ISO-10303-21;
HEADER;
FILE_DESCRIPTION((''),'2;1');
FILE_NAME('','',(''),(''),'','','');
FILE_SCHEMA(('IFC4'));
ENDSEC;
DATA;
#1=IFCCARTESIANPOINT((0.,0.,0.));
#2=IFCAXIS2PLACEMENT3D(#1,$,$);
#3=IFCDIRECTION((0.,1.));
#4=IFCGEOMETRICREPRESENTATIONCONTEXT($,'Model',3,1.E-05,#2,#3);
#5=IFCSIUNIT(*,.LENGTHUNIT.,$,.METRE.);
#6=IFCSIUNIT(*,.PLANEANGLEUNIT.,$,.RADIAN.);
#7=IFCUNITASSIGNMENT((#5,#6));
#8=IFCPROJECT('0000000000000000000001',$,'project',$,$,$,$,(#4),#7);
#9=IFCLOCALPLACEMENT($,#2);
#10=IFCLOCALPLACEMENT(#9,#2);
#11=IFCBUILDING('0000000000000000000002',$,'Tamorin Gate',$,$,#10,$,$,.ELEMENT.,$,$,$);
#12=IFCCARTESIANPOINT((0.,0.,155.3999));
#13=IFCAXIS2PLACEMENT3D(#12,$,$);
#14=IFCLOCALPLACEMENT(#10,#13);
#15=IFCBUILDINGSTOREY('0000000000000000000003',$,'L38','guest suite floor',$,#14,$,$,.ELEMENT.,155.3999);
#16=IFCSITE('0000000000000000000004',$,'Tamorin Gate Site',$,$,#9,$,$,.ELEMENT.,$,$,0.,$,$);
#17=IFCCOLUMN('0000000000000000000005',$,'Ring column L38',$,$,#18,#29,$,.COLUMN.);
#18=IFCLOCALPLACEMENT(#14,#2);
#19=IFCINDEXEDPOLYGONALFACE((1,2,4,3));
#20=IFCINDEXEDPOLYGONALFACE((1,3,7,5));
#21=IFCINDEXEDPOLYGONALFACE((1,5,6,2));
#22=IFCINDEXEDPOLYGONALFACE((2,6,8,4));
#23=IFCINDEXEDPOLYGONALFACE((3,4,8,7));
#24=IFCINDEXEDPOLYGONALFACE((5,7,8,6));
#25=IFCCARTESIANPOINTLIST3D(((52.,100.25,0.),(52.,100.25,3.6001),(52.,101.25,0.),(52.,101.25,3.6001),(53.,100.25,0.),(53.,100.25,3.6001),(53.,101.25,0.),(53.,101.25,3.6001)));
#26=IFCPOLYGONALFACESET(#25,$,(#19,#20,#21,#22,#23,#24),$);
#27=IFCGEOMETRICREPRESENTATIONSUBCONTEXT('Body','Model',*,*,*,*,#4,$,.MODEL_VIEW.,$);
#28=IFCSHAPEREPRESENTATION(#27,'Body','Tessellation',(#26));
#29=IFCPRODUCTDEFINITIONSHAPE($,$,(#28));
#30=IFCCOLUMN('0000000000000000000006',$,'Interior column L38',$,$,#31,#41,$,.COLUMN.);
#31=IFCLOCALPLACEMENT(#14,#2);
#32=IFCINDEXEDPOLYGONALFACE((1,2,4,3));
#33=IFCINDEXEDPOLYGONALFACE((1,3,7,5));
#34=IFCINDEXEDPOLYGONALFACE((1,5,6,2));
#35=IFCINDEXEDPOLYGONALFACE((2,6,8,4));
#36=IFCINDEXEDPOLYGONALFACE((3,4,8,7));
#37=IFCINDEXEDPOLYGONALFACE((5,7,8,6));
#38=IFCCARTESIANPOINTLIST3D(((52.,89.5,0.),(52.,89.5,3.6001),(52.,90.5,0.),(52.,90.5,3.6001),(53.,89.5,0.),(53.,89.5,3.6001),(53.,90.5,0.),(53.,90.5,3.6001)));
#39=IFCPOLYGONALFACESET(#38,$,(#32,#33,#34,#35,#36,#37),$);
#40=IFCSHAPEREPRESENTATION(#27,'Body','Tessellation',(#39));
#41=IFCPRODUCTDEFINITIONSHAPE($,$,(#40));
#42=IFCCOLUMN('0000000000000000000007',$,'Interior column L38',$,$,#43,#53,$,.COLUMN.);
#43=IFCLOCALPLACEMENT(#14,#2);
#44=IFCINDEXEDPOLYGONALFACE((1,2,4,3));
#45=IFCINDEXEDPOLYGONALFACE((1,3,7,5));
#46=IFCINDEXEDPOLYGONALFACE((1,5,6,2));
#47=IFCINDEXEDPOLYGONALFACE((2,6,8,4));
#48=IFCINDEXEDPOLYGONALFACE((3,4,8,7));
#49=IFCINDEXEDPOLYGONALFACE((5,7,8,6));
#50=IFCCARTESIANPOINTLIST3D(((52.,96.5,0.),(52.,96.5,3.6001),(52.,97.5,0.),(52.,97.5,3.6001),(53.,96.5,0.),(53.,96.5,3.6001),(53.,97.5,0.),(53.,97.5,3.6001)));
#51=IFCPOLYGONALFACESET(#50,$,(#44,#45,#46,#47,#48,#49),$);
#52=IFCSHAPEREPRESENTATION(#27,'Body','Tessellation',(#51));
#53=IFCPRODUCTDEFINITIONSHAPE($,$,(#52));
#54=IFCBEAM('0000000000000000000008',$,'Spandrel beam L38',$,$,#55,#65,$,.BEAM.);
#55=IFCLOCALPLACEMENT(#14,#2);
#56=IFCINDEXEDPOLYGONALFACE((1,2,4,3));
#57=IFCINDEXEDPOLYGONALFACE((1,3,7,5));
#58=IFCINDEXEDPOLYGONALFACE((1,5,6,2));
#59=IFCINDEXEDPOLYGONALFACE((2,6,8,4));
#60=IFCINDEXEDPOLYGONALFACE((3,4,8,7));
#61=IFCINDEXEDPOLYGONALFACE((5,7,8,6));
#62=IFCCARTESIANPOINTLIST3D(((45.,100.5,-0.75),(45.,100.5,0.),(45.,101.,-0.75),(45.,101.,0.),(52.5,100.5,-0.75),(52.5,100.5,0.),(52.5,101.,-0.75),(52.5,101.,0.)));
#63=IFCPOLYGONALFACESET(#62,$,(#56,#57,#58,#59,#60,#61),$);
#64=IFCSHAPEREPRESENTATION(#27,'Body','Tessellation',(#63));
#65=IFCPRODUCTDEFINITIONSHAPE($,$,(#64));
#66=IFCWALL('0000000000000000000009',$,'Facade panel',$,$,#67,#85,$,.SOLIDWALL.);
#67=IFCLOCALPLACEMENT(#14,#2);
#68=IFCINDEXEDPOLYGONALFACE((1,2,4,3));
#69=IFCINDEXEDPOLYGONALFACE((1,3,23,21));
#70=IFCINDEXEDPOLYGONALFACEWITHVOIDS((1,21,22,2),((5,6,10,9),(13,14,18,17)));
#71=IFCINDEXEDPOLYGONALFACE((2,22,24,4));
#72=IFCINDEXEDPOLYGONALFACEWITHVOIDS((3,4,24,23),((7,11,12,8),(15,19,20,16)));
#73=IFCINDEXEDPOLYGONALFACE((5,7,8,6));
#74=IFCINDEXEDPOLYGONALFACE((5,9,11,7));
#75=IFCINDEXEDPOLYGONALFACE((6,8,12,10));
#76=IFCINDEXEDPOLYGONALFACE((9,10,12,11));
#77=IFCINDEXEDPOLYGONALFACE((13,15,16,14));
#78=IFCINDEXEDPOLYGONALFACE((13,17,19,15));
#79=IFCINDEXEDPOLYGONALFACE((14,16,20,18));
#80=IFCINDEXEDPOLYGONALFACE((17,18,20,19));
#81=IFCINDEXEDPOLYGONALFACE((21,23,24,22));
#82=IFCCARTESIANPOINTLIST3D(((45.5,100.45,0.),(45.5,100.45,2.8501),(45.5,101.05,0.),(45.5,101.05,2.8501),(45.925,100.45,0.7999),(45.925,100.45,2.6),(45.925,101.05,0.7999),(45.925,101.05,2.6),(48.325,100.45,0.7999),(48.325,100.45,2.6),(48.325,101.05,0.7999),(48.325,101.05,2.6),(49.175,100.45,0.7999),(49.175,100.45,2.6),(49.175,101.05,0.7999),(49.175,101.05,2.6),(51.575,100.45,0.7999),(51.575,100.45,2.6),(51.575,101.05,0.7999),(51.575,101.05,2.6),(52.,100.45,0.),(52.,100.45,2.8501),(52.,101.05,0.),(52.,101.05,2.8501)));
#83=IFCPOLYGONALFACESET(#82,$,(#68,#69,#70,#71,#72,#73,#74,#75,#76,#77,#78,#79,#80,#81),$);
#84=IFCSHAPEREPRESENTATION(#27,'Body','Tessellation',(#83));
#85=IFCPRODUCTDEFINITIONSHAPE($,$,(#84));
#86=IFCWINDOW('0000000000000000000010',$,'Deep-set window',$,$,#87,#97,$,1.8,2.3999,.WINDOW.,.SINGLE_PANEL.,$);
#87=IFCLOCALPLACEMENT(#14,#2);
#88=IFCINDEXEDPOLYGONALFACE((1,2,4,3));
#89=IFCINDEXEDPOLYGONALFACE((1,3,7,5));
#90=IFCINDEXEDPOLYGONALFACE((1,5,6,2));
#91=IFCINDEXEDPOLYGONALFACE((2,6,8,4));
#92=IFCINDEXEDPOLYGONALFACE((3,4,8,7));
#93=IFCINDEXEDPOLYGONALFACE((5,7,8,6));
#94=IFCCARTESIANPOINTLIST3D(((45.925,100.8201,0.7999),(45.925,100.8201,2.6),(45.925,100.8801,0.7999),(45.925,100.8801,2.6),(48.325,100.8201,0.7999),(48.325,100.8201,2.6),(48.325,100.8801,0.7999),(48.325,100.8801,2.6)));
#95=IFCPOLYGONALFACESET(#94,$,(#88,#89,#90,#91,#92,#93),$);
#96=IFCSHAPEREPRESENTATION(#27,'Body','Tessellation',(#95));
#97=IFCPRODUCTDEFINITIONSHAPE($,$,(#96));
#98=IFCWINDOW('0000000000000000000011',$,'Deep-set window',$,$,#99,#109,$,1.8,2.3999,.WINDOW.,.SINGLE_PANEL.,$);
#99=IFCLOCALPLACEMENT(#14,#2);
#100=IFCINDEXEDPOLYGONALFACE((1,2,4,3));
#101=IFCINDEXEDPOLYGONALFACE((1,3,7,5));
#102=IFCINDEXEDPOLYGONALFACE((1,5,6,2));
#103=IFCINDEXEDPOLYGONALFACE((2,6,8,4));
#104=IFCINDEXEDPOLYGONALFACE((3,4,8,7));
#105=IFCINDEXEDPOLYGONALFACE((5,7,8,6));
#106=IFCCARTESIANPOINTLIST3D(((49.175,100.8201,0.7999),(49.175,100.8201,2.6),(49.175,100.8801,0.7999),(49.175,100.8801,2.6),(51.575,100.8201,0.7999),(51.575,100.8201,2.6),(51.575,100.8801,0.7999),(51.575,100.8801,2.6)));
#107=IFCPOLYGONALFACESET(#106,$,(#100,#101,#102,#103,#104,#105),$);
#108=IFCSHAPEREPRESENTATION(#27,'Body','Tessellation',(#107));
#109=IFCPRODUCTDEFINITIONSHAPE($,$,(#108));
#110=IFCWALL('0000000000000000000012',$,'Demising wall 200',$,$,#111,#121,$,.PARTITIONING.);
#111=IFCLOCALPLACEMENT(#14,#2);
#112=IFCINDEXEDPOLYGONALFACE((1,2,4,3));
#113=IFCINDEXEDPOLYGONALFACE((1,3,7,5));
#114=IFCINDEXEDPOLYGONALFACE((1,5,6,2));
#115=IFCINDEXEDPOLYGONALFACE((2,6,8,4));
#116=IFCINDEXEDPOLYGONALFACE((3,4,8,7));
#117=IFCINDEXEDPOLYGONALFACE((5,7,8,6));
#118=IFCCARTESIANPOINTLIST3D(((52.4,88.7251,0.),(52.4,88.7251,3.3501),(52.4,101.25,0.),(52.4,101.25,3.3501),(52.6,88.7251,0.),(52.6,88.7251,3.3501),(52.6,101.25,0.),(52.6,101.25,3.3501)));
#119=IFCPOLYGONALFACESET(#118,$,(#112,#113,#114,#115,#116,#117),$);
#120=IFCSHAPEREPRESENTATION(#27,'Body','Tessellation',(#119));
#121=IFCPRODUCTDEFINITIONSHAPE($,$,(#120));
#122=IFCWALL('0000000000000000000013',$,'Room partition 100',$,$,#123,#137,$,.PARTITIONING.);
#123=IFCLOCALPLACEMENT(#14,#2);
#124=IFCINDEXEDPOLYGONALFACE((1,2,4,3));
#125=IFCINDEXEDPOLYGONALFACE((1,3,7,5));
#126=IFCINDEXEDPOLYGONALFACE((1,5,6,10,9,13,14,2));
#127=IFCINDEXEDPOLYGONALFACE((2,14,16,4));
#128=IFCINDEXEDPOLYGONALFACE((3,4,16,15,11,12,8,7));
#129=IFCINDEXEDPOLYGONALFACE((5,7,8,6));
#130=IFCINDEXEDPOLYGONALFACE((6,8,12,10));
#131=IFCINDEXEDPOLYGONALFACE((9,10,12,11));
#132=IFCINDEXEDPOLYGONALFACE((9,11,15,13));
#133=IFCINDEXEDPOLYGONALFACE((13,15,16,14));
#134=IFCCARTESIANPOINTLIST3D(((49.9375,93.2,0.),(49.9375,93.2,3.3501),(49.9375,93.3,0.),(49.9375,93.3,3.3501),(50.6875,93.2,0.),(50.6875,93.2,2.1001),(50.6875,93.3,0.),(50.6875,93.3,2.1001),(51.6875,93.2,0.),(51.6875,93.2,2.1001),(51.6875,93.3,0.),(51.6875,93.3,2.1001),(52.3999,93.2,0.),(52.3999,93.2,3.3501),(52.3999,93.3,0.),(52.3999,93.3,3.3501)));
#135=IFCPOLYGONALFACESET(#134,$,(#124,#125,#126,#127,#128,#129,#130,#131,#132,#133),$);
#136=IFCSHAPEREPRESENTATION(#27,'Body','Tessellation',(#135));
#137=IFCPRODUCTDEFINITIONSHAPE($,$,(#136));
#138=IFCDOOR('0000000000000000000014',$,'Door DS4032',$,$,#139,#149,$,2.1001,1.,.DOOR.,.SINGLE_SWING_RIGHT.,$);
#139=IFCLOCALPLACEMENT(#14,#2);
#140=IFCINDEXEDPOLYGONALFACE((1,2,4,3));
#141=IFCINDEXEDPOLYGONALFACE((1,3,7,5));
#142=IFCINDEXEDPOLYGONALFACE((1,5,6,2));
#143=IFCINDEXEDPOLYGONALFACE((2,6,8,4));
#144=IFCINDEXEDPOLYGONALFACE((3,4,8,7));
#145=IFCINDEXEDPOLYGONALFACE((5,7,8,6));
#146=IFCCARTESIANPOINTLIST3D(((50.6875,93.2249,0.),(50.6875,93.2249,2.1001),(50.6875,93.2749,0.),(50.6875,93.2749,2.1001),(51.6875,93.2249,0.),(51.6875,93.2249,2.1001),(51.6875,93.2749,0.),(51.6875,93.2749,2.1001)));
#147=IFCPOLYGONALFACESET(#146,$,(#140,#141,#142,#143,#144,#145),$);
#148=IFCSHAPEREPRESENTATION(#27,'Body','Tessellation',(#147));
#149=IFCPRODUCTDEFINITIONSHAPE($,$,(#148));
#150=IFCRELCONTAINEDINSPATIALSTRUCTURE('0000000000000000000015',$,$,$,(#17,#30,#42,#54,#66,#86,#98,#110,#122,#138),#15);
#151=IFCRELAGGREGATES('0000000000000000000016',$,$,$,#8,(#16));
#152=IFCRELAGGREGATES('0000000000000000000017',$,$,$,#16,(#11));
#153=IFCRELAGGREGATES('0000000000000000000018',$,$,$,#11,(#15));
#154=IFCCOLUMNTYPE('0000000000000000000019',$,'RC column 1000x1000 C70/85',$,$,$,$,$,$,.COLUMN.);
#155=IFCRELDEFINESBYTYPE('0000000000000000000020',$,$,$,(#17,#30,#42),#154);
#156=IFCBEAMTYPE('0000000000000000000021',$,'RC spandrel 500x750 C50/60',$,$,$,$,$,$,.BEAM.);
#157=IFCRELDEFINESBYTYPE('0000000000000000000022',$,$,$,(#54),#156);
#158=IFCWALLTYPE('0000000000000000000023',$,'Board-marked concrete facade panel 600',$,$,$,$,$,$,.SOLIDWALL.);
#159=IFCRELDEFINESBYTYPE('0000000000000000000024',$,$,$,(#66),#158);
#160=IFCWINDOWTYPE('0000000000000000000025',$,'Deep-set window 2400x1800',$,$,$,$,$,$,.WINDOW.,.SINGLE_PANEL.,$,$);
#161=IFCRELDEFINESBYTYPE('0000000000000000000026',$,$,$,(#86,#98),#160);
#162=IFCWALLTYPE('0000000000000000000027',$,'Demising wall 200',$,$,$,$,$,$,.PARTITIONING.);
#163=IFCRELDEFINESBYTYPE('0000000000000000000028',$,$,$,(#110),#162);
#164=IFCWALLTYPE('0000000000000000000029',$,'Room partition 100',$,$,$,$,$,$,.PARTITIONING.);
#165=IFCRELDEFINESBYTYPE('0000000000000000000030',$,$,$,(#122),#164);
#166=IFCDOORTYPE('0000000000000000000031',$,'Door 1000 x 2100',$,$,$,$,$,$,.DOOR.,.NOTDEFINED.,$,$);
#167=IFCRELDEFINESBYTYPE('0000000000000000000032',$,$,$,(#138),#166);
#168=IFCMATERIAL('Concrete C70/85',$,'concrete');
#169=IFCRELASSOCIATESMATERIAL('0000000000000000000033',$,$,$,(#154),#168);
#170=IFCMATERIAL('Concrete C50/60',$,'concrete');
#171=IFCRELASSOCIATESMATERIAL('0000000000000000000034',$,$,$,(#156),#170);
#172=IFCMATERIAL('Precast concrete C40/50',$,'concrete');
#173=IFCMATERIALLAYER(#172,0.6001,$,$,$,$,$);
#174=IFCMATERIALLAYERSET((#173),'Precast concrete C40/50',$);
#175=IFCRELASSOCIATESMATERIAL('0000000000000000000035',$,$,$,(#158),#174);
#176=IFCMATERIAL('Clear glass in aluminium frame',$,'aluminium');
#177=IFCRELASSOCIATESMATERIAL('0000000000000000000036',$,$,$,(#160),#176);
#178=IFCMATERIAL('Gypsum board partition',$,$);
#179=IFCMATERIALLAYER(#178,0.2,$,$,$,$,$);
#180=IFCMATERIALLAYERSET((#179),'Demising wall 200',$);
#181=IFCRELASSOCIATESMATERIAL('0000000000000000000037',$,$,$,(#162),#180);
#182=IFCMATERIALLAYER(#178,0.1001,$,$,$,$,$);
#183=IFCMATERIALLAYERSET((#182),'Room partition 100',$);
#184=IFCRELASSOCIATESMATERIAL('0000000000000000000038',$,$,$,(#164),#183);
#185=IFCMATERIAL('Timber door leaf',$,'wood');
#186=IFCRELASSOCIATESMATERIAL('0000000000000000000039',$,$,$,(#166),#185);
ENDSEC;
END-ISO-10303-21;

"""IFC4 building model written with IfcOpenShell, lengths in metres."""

from ifc_helpers import new_model, si_unit, direction, frame, frame_2d, origin, origin_2d, place, context, subcontext, project, spatial, rectangle, extrude, material, layer, layer_set, material_profile, profile_set, type_object, element, fill, save


model = new_model("IFC4")

# Units and contexts
model_context = context("Model", 3, precision=1e-05, world=origin(), true_north=direction((0.0, 1.0)))
body_context = subcontext(model_context, "Body", "Model", "MODEL_VIEW")
ifc_project = project(units=[si_unit("LENGTHUNIT", "METRE"), si_unit("PLANEANGLEUNIT", "RADIAN")], contexts=[model_context])

# Site, building, storey
site_placement = place(None, origin())
site = spatial("IfcSite", under=ifc_project, at=site_placement, Name="Tamorin Gate Site", CompositionType="ELEMENT", RefElevation=0.0)
building_placement = place(site_placement, origin())
building = spatial("IfcBuilding", under=site, at=building_placement, Name="Tamorin Gate", CompositionType="ELEMENT")
storey_placement = place(building_placement, frame((0.0, 0.0, 155.3999)))
storey = spatial("IfcBuildingStorey", under=building, at=storey_placement, Name="L38", Description="guest suite floor", CompositionType="ELEMENT", Elevation=155.3999)

# Columns
ifc_material_1 = material(Name="Concrete C70/85", Category="concrete")
ifc_material_profile_1 = material_profile(ifc_material_1, rectangle(XDim=1.0, YDim=1.0, at=origin_2d()), Name="RC 1000x1000")
ifc_profile_set_1 = profile_set([ifc_material_profile_1], Name="Concrete C70/85")
column_type = type_object("IfcColumnType", Name="RC column 1000x1000 C70/85", PredefinedType="COLUMN", material=ifc_profile_set_1)
for number, where, z_axis, x_axis, name in (
    (1, (52.5, 100.75, 0.0), (0.0, 0.0, 1.0), (1.0, 0.0, 0.0), "Ring column L38"),
    (2, (52.5, 90.0, 0.0), (0.0, 0.0, 1.0), (1.0, 0.0, 0.0), "Interior column L38"),
    (3, (52.5, 97.0, 0.0), (0.0, 0.0, 1.0), (1.0, 0.0, 0.0), "Interior column L38"),
):
    element("IfcColumn", number, at=place(storey_placement, frame(where, z_axis=z_axis, x_axis=x_axis)), inside=storey, type_object=column_type, Name=name, PredefinedType="COLUMN", context=body_context, shape_type="SweptSolid", body=[
        extrude(rectangle(XDim=1.0, YDim=1.0, at=origin_2d()), origin(), (0.0, 0.0, 1.0), 3.6001),
    ])

# Beam
ifc_material_2 = material(Name="Concrete C50/60", Category="concrete")
ifc_material_profile_2 = material_profile(ifc_material_2, rectangle(XDim=0.5, YDim=0.75, at=origin_2d()), Name="RC 500x750")
ifc_profile_set_2 = profile_set([ifc_material_profile_2], Name="Concrete C50/60")
beam_type = type_object("IfcBeamType", Name="RC spandrel 500x750 C50/60", PredefinedType="BEAM", material=ifc_profile_set_2)
beam_placement = place(storey_placement, frame((52.5, 100.75, -0.375), z_axis=(-1.0, 0.0, 0.0), x_axis=(0.0, -1.0, 0.0)))
element("IfcBeam", 4, at=beam_placement, inside=storey, type_object=beam_type, Name="Spandrel beam L38", PredefinedType="BEAM", context=body_context, shape_type="SweptSolid", body=[
    extrude(rectangle(XDim=0.5, YDim=0.75, at=origin_2d()), origin(), (0.0, 0.0, 1.0), 7.5),
])

# Wall, openings, windows
ifc_material_3 = material(Name="Precast concrete C40/50", Category="concrete")
ifc_layer_1 = layer(ifc_material_3, 0.6001)
ifc_layer_set_1 = layer_set([ifc_layer_1], Name="Precast concrete C40/50")
wall_type_1 = type_object("IfcWallType", Name="Board-marked concrete facade panel 600", PredefinedType="SOLIDWALL", material=ifc_layer_set_1)
wall_1_placement = place(storey_placement, frame((52.0, 100.75, 0.0), z_axis=(0.0, 0.0, 1.0), x_axis=(-1.0, 0.0, 0.0)))
wall_1 = element("IfcWall", 5, at=wall_1_placement, inside=storey, type_object=wall_type_1, Name="Facade panel", PredefinedType="SOLIDWALL", context=body_context, shape_type="SweptSolid", body=[
    extrude(rectangle(XDim=6.5, YDim=0.6001, at=frame_2d((3.25, 0.0))), origin(), (0.0, 0.0, 1.0), 2.8501),
])
opening_1_placement = place(wall_1_placement, frame((3.675, 0.0, 0.8)))
opening_1 = element("IfcOpeningElement", 6, at=opening_1_placement, cuts=wall_1, PredefinedType="OPENING", context=body_context, shape_type="SweptSolid", body=[
    extrude(rectangle(XDim=2.3999, YDim=1.8, at=frame_2d((1.2, 0.8999))), frame((0.0, 0.3101, 0.0), z_axis=(0.0, -1.0, 0.0), x_axis=(1.0, 0.0, 0.0)), (0.0, 0.0, 1.0), 0.6201),
])
opening_2_placement = place(wall_1_placement, frame((0.425, 0.0, 0.8)))
opening_2 = element("IfcOpeningElement", 7, at=opening_2_placement, cuts=wall_1, PredefinedType="OPENING", context=body_context, shape_type="SweptSolid", body=[
    extrude(rectangle(XDim=2.3999, YDim=1.8, at=frame_2d((1.2, 0.8999))), frame((0.0, 0.3101, 0.0), z_axis=(0.0, -1.0, 0.0), x_axis=(1.0, 0.0, 0.0)), (0.0, 0.0, 1.0), 0.6201),
])
ifc_material_4 = material(Name="Clear glass in aluminium frame", Category="aluminium")
window_type = type_object("IfcWindowType", Name="Deep-set window 2400x1800", PartitioningType="SINGLE_PANEL", PredefinedType="WINDOW", material=ifc_material_4)
window_1_placement = place(opening_1_placement, origin())
window_1 = element("IfcWindow", 8, at=window_1_placement, inside=storey, type_object=window_type, Name="Deep-set window", OverallHeight=1.8, OverallWidth=2.3999, PartitioningType="SINGLE_PANEL", PredefinedType="WINDOW", context=body_context, shape_type="SweptSolid", body=[
    extrude(rectangle(XDim=2.3999, YDim=1.8, at=frame_2d((1.2, 0.8999))), frame((0.0, -0.0701, 0.0), z_axis=(0.0, -1.0, 0.0), x_axis=(1.0, 0.0, 0.0)), (0.0, 0.0, 1.0), 0.0601),
])
fill(opening_1, window_1)
window_2_placement = place(opening_2_placement, origin())
window_2 = element("IfcWindow", 9, at=window_2_placement, inside=storey, type_object=window_type, Name="Deep-set window", OverallHeight=1.8, OverallWidth=2.3999, PartitioningType="SINGLE_PANEL", PredefinedType="WINDOW", context=body_context, shape_type="SweptSolid", body=[
    extrude(rectangle(XDim=2.3999, YDim=1.8, at=frame_2d((1.2, 0.8999))), frame((0.0, -0.0701, 0.0), z_axis=(0.0, -1.0, 0.0), x_axis=(1.0, 0.0, 0.0)), (0.0, 0.0, 1.0), 0.0601),
])
fill(opening_2, window_2)

# Wall
ifc_material_5 = material(Name="Gypsum board partition")
ifc_layer_2 = layer(ifc_material_5, 0.2)
ifc_layer_set_2 = layer_set([ifc_layer_2], Name="Demising wall 200")
wall_type_2 = type_object("IfcWallType", Name="Demising wall 200", PredefinedType="PARTITIONING", material=ifc_layer_set_2)
wall_2_placement = place(storey_placement, frame((52.5, 88.7251, 0.0), z_axis=(0.0, 0.0, 1.0), x_axis=(0.0, 1.0, 0.0)))
element("IfcWall", 10, at=wall_2_placement, inside=storey, type_object=wall_type_2, Name="Demising wall 200", PredefinedType="PARTITIONING", context=body_context, shape_type="SweptSolid", body=[
    extrude(rectangle(XDim=12.5249, YDim=0.2, at=frame_2d((6.2625, 0.0))), origin(), (0.0, 0.0, 1.0), 3.3501),
])

# Wall, opening, door
ifc_layer_3 = layer(ifc_material_5, 0.1001)
ifc_layer_set_3 = layer_set([ifc_layer_3], Name="Room partition 100")
wall_type_3 = type_object("IfcWallType", Name="Room partition 100", PredefinedType="PARTITIONING", material=ifc_layer_set_3)
wall_3_placement = place(storey_placement, frame((49.9375, 93.25, 0.0), z_axis=(0.0, 0.0, 1.0), x_axis=(1.0, 0.0, 0.0)))
wall_3 = element("IfcWall", 11, at=wall_3_placement, inside=storey, type_object=wall_type_3, Name="Room partition 100", PredefinedType="PARTITIONING", context=body_context, shape_type="SweptSolid", body=[
    extrude(rectangle(XDim=2.4624, YDim=0.1001, at=frame_2d((1.2312, 0.0))), origin(), (0.0, 0.0, 1.0), 3.3501),
])
opening_3_placement = place(wall_3_placement, frame((0.75, 0.0, 0.0)))
opening_3 = element("IfcOpeningElement", 12, at=opening_3_placement, cuts=wall_3, PredefinedType="OPENING", context=body_context, shape_type="SweptSolid", body=[
    extrude(rectangle(XDim=1.0, YDim=2.1001, at=frame_2d((0.5, 1.05))), frame((0.0, 0.0601, 0.0), z_axis=(0.0, -1.0, 0.0), x_axis=(1.0, 0.0, 0.0)), (0.0, 0.0, 1.0), 0.1201),
])
ifc_material_6 = material(Name="Timber door leaf", Category="wood")
door_type_1 = type_object("IfcDoorType", Name="Door 1000 x 2100", OperationType="NOTDEFINED", PredefinedType="DOOR", material=ifc_material_6)
door_1_placement = place(opening_3_placement, origin())
door_1 = element("IfcDoor", 13, at=door_1_placement, inside=storey, type_object=door_type_1, Name="Door DS4032", OperationType="SINGLE_SWING_RIGHT", OverallHeight=2.1001, OverallWidth=1.0, PredefinedType="DOOR", context=body_context, shape_type="SweptSolid", body=[
    extrude(rectangle(XDim=1.0, YDim=2.1001, at=frame_2d((0.5, 1.05))), frame((0.0, 0.0249, 0.0), z_axis=(0.0, -1.0, 0.0), x_axis=(1.0, 0.0, 0.0)), (0.0, 0.0, 1.0), 0.05),
])
fill(opening_3, door_1)

save(model, "model.ifc")
